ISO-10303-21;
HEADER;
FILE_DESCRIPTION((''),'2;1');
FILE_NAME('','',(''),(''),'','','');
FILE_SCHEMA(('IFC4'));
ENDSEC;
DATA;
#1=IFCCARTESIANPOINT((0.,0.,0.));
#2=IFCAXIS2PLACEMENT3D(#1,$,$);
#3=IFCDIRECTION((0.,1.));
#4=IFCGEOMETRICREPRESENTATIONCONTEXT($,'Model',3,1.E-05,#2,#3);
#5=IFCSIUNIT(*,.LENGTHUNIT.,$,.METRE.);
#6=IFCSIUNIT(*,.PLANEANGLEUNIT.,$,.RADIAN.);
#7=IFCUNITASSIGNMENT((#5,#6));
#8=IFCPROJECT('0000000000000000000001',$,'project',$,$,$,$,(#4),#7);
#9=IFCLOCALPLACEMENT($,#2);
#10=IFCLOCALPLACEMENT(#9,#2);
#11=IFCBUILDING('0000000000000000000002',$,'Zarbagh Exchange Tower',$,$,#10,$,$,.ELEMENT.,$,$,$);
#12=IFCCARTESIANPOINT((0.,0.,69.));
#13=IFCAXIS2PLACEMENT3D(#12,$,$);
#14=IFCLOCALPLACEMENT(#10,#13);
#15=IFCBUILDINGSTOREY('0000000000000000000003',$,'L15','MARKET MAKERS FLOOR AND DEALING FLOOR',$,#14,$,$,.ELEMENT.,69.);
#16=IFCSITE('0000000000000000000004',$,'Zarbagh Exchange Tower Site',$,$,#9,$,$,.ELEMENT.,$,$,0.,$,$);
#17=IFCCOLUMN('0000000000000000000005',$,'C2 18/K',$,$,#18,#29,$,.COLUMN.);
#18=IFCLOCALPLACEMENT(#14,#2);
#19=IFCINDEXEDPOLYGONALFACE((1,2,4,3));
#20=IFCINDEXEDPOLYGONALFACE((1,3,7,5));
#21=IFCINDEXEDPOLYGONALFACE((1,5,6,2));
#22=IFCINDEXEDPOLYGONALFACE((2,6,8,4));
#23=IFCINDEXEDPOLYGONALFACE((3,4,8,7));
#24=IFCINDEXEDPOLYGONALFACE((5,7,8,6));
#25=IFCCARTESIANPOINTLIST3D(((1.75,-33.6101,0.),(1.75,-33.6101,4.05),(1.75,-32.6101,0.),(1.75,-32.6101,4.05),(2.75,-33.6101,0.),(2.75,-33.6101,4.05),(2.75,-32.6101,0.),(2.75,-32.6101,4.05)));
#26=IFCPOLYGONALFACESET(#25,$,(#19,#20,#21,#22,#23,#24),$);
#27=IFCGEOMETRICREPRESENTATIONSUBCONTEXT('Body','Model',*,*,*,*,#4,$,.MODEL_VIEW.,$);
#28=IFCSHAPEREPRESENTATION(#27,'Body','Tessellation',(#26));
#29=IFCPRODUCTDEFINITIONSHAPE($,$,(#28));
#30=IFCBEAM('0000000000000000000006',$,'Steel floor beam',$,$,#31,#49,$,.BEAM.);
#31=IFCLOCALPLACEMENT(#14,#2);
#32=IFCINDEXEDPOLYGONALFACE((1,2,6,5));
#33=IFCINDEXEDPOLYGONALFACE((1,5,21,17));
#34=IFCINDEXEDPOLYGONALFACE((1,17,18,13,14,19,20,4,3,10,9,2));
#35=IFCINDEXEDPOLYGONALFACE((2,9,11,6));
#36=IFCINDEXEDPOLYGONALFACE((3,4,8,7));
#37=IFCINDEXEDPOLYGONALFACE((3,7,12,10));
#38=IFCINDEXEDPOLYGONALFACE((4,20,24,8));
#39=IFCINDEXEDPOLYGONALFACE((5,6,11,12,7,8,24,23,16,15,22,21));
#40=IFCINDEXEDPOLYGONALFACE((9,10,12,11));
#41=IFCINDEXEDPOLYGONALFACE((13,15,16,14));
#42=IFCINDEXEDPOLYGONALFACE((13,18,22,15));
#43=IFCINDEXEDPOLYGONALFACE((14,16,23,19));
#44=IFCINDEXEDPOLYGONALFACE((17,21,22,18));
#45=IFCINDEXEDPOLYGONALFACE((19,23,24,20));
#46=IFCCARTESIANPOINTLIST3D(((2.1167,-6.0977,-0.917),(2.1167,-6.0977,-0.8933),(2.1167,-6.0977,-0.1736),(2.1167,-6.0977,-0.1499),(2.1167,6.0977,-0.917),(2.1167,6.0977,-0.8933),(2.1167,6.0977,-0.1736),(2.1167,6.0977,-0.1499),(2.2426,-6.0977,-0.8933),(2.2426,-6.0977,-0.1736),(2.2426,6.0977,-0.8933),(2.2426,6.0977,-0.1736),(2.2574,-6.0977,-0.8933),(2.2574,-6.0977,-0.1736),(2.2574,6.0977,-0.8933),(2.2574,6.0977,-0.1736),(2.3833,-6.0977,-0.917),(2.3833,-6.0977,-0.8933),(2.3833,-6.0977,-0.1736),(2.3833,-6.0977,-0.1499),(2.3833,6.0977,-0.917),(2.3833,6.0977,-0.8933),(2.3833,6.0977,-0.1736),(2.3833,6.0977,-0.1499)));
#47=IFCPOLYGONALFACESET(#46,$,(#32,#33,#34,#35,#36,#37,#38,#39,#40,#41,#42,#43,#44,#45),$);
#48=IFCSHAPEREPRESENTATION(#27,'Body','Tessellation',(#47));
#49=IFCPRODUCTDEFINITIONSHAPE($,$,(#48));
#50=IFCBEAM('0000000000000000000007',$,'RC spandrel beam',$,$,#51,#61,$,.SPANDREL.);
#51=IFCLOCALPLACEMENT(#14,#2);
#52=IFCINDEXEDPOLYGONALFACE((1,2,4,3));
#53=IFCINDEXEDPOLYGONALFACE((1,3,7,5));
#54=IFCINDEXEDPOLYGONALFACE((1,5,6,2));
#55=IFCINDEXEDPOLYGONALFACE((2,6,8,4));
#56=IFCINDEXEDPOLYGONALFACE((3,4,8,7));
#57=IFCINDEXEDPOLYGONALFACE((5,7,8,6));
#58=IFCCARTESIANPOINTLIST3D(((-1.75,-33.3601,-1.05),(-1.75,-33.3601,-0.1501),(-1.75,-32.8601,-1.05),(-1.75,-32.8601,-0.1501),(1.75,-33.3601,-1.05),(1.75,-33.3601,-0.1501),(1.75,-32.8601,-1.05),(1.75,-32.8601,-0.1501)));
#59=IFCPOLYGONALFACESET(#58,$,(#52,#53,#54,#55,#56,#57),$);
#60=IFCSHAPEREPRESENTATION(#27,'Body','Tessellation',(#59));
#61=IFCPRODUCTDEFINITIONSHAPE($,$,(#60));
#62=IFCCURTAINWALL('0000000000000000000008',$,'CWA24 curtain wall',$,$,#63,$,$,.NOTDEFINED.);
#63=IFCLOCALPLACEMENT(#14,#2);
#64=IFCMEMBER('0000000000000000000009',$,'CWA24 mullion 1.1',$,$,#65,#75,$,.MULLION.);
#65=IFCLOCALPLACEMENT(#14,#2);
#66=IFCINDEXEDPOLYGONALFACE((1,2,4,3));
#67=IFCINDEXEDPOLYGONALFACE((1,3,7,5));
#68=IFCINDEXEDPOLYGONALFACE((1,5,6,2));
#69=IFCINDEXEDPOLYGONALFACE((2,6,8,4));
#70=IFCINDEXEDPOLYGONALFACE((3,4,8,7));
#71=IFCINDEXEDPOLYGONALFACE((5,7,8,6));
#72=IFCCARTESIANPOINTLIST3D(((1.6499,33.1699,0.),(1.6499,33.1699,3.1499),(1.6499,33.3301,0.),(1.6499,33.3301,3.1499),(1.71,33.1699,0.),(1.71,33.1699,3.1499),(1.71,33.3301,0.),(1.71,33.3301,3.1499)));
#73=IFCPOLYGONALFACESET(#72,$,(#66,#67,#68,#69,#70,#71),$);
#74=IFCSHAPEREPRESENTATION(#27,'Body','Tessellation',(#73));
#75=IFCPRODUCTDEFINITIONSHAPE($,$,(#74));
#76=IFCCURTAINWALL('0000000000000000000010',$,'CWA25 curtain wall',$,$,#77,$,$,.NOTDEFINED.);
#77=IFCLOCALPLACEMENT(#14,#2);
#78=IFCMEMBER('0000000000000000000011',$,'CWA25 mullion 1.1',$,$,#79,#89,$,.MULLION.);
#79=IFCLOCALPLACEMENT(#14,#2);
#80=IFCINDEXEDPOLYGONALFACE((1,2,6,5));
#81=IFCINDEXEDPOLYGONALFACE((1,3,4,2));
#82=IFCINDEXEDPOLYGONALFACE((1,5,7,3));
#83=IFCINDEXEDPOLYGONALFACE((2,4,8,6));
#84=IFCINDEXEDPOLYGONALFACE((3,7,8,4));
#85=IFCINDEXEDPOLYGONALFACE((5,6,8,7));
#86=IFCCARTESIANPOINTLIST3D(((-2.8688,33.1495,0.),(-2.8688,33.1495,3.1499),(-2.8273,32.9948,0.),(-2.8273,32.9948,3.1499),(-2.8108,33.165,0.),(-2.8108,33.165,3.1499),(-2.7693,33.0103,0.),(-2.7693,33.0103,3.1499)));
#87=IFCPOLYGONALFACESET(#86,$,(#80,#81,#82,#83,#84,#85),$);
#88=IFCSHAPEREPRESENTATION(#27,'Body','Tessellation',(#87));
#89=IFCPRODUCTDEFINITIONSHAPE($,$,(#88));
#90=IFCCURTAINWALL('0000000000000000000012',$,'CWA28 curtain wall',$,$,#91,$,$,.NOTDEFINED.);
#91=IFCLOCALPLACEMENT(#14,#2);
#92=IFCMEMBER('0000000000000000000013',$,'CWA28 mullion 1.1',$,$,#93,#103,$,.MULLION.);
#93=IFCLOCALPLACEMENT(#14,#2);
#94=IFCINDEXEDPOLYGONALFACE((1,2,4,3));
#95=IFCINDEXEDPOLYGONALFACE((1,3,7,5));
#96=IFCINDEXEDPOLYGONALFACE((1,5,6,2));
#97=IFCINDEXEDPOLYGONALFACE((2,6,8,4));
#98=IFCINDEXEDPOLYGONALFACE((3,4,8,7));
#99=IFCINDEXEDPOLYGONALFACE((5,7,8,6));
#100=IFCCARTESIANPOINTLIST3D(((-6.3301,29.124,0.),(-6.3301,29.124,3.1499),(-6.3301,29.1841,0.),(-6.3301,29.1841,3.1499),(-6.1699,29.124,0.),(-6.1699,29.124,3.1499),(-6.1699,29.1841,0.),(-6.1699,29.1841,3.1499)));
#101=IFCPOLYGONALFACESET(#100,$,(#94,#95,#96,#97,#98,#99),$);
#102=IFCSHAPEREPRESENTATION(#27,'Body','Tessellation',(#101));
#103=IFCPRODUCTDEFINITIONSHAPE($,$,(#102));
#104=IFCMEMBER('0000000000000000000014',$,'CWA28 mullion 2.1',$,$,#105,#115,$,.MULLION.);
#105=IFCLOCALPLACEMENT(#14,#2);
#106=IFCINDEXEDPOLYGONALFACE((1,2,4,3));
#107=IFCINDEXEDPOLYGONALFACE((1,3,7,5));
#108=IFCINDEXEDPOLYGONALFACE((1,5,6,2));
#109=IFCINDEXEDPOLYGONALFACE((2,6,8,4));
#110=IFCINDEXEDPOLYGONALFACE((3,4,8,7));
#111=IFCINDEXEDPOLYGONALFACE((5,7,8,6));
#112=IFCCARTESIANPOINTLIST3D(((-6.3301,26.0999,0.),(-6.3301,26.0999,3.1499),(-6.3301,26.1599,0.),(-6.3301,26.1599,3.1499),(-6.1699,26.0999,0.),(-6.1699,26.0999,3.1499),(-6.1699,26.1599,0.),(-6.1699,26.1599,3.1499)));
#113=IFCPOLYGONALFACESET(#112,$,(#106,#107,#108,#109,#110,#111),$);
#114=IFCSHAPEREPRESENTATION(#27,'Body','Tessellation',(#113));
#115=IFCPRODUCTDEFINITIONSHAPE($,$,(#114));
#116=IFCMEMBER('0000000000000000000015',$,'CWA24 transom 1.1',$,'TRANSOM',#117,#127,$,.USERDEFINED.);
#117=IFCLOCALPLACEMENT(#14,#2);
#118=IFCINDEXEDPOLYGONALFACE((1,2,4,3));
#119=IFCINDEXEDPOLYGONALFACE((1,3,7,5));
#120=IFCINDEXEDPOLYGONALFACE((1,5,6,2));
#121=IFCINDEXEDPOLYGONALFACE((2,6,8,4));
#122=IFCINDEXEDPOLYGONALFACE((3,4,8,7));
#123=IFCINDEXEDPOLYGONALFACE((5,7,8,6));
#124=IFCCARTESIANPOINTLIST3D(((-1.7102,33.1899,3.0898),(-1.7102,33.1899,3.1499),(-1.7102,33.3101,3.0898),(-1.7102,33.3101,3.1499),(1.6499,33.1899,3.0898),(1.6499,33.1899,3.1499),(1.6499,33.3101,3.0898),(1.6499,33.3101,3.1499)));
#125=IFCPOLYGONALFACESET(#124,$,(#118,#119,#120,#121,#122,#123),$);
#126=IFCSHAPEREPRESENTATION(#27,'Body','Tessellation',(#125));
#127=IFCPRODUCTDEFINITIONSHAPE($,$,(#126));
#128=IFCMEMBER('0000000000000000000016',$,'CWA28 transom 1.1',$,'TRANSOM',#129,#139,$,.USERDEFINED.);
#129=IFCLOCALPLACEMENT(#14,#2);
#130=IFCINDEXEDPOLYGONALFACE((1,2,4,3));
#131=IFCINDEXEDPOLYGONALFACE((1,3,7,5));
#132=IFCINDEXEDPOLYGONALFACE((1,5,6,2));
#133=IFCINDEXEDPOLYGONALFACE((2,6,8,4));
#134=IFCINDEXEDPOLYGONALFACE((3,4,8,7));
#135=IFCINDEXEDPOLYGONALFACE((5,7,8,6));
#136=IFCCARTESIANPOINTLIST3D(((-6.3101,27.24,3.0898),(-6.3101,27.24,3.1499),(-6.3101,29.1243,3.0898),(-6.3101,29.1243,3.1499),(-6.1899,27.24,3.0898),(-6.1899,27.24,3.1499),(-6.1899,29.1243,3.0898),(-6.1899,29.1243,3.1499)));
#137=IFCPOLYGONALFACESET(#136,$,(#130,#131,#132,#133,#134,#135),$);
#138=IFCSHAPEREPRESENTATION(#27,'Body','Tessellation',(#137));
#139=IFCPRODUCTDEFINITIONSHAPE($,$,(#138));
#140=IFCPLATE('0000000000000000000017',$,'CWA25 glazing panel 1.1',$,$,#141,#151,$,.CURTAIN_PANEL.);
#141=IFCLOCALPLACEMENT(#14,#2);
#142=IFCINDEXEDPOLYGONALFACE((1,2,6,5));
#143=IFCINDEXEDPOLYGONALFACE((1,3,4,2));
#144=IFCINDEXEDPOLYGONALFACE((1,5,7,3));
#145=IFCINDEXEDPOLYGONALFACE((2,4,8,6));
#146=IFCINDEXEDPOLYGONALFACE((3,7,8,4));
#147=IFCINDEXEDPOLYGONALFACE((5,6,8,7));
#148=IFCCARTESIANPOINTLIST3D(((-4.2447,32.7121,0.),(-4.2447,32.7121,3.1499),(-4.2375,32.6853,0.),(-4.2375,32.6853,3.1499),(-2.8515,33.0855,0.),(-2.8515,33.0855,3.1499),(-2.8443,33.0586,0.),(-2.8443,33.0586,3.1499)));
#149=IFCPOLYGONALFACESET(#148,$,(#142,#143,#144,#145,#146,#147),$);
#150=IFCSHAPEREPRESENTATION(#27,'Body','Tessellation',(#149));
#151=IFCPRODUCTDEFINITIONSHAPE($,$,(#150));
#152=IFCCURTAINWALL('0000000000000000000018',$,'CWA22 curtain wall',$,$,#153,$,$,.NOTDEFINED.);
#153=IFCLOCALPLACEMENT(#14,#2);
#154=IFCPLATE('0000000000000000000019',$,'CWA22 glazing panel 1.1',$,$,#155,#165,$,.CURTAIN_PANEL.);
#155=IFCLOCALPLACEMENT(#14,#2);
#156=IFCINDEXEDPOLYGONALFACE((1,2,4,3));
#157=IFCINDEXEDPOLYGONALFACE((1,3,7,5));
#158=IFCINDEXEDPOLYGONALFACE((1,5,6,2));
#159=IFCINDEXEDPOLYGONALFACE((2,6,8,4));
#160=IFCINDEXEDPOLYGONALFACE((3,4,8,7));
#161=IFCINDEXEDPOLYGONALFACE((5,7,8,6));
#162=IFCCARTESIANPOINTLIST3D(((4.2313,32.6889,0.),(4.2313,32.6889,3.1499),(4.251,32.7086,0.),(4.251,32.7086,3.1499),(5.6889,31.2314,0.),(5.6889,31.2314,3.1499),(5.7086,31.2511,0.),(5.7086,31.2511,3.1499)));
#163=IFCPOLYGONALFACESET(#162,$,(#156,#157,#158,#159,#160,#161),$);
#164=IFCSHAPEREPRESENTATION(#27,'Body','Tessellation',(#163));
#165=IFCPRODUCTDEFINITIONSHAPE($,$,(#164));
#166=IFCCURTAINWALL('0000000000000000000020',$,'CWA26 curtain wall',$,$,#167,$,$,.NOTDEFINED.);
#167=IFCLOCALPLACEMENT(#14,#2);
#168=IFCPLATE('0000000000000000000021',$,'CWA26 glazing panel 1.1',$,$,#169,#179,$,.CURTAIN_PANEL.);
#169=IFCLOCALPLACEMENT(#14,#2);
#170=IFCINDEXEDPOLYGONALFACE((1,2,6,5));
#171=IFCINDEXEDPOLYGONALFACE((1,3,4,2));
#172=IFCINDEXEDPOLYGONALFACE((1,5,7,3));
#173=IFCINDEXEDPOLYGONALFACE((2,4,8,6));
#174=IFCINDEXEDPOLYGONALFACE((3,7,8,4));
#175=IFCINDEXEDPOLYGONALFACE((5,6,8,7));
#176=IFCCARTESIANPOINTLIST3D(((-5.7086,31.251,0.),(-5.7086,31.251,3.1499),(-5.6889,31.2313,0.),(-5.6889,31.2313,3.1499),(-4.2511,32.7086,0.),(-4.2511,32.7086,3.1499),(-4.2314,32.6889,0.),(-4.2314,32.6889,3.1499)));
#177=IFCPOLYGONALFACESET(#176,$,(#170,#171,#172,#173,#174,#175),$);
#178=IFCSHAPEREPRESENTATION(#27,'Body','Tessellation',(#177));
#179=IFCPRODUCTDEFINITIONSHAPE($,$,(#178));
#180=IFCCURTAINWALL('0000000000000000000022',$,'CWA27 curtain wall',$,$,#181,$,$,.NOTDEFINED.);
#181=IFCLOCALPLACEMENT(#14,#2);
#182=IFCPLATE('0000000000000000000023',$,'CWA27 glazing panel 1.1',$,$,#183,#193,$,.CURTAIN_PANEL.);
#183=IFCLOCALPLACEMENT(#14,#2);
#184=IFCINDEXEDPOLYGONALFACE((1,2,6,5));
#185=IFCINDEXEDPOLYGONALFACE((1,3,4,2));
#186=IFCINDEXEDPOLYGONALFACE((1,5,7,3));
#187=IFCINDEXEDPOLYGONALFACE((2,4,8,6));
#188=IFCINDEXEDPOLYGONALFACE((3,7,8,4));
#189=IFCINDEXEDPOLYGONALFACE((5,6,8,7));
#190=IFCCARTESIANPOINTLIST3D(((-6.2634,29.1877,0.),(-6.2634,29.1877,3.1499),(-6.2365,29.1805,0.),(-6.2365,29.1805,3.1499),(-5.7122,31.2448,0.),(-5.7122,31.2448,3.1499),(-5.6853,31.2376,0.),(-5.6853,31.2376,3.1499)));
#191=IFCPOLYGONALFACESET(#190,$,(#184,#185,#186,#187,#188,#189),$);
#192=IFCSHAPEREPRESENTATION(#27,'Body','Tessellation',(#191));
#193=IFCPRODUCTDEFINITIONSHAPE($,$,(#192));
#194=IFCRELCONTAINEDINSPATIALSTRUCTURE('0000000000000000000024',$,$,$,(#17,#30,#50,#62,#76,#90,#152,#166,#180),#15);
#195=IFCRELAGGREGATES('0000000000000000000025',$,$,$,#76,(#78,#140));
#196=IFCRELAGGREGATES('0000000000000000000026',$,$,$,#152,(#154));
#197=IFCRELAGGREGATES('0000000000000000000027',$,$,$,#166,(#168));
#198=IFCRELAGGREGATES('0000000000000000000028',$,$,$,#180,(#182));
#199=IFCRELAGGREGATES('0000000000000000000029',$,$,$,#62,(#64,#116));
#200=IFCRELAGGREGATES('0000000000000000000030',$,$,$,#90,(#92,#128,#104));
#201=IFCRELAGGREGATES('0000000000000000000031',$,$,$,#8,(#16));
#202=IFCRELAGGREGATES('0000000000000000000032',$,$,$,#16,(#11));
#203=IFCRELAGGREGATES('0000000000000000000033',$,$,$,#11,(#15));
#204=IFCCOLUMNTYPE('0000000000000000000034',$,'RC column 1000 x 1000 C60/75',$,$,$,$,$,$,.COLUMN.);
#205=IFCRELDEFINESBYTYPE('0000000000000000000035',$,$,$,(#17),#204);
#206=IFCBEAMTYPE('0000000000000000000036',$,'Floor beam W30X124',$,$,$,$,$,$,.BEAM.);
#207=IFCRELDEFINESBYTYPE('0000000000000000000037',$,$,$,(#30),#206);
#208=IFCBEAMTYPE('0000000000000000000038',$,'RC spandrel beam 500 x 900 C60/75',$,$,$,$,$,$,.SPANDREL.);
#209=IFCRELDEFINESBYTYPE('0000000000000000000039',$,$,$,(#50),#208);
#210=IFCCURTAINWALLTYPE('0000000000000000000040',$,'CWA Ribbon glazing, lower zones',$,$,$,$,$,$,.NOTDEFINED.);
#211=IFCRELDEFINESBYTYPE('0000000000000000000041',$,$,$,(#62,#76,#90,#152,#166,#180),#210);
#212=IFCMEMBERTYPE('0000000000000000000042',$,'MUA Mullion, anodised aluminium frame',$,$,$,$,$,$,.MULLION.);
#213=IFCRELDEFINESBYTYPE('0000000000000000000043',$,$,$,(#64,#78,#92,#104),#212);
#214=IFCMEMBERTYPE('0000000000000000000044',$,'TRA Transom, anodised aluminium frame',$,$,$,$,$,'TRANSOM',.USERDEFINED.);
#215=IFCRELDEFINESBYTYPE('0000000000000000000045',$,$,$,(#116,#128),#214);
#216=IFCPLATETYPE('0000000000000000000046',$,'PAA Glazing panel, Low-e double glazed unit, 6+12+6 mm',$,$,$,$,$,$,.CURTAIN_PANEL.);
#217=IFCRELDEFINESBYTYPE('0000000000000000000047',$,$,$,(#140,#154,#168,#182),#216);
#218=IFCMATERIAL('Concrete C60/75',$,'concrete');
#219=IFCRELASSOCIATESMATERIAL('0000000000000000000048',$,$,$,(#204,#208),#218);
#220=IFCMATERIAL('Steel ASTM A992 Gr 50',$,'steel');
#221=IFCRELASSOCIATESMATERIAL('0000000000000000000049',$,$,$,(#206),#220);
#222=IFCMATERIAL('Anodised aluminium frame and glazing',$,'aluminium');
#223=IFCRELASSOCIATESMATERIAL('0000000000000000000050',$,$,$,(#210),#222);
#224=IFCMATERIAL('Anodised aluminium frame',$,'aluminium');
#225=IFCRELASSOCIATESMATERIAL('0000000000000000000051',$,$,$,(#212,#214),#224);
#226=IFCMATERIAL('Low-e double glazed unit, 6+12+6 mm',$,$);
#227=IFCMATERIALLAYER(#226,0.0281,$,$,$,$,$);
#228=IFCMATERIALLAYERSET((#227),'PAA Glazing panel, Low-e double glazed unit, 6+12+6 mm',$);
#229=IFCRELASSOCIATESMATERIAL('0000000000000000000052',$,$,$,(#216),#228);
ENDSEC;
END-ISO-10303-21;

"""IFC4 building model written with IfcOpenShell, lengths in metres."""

from ifc_helpers import new_model, si_unit, direction, frame, origin, origin_2d, place, context, subcontext, project, spatial, polyline, rectangle, i_section, outline, extrude, source, transform, mapped, material, layer, layer_set, material_profile, profile_set, type_object, element, aggregate, save


model = new_model("IFC4")

# Units and contexts
model_context = context("Model", 3, precision=1e-05, world=origin(), true_north=direction((0.0, 1.0)))
body_context = subcontext(model_context, "Body", "Model", "MODEL_VIEW")
ifc_project = project(units=[si_unit("LENGTHUNIT", "METRE"), si_unit("PLANEANGLEUNIT", "RADIAN")], contexts=[model_context])

# Site, building, storey
site_placement = place(None, origin())
site = spatial("IfcSite", under=ifc_project, at=site_placement, Name="Zarbagh Exchange Tower Site", CompositionType="ELEMENT", RefElevation=0.0)
building_placement = place(site_placement, origin())
building = spatial("IfcBuilding", under=site, at=building_placement, Name="Zarbagh Exchange Tower", CompositionType="ELEMENT")
storey_placement = place(building_placement, frame((0.0, 0.0, 69.0)))
storey = spatial("IfcBuildingStorey", under=building, at=storey_placement, Name="L15", Description="MARKET MAKERS FLOOR AND DEALING FLOOR", CompositionType="ELEMENT", Elevation=69.0)

# Column
ifc_material_1 = material(Name="Concrete C60/75", Category="concrete")
ifc_material_profile_1 = material_profile(ifc_material_1, rectangle(XDim=1.0, YDim=1.0, at=origin_2d()), Name="RC column 1000 x 1000 C60/75")
ifc_profile_set_1 = profile_set([ifc_material_profile_1], Name="Concrete C60/75")
column_type = type_object("IfcColumnType", Name="RC column 1000 x 1000 C60/75", PredefinedType="COLUMN", material=ifc_profile_set_1)
column_placement = place(storey_placement, frame((2.25, -33.1101, 0.0), z_axis=(0.0, 0.0, 1.0), x_axis=(1.0, 0.0, 0.0)))
element("IfcColumn", 1, at=column_placement, inside=storey, type_object=column_type, Name="C2 18/K", PredefinedType="COLUMN", context=body_context, shape_type="SweptSolid", body=[
    extrude(rectangle(XDim=1.0, YDim=1.0, at=origin_2d()), origin(), (0.0, 0.0, 1.0), 4.05),
])

# Beams
ifc_material_2 = material(Name="Steel ASTM A992 Gr 50", Category="steel")
ifc_material_profile_2 = material_profile(ifc_material_2, i_section(OverallWidth=0.2666, OverallDepth=0.7671, WebThickness=0.0149, FlangeThickness=0.0237, at=origin_2d()), Name="W30X124")
ifc_profile_set_2 = profile_set([ifc_material_profile_2], Name="Steel ASTM A992 Gr 50")
beam_type_1 = type_object("IfcBeamType", Name="Floor beam W30X124", PredefinedType="BEAM", material=ifc_profile_set_2)
beam_1_placement = place(storey_placement, frame((2.25, -6.0977, -0.5334), z_axis=(0.0, 1.0, 0.0), x_axis=(-1.0, 0.0, 0.0)))
element("IfcBeam", 2, at=beam_1_placement, inside=storey, type_object=beam_type_1, Name="Steel floor beam", PredefinedType="BEAM", context=body_context, shape_type="SweptSolid", body=[
    extrude(i_section(OverallWidth=0.2666, OverallDepth=0.7671, WebThickness=0.0149, FlangeThickness=0.0237, at=origin_2d()), origin(), (0.0, 0.0, 1.0), 12.1953),
])
ifc_material_profile_3 = material_profile(ifc_material_1, rectangle(XDim=0.5, YDim=0.8999, at=origin_2d()), Name="RC spandrel beam 500 x 900 C60/75")
ifc_profile_set_3 = profile_set([ifc_material_profile_3], Name="Concrete C60/75")
beam_type_2 = type_object("IfcBeamType", Name="RC spandrel beam 500 x 900 C60/75", PredefinedType="SPANDREL", material=ifc_profile_set_3)
beam_2_placement = place(storey_placement, frame((1.75, -33.1101, -0.6001), z_axis=(-1.0, 0.0, 0.0), x_axis=(0.0, -1.0, 0.0)))
element("IfcBeam", 3, at=beam_2_placement, inside=storey, type_object=beam_type_2, Name="RC spandrel beam", PredefinedType="SPANDREL", context=body_context, shape_type="SweptSolid", body=[
    extrude(rectangle(XDim=0.5, YDim=0.8999, at=origin_2d()), origin(), (0.0, 0.0, 1.0), 3.5),
])

# Curtain walls, members
ifc_material_3 = material(Name="Anodised aluminium frame and glazing", Category="aluminium")
curtain_wall_type = type_object("IfcCurtainWallType", Name="CWA Ribbon glazing, lower zones", PredefinedType="NOTDEFINED", material=ifc_material_3)
curtain_wall_1_placement = place(storey_placement, origin())
curtain_wall_1 = element("IfcCurtainWall", 4, at=curtain_wall_1_placement, inside=storey, type_object=curtain_wall_type, Name="CWA24 curtain wall", PredefinedType="NOTDEFINED")
ifc_material_4 = material(Name="Anodised aluminium frame", Category="aluminium")
member_type_1 = type_object("IfcMemberType", Name="MUA Mullion, anodised aluminium frame", PredefinedType="MULLION", material=ifc_material_4)
shared_shape_1 = source(origin(), body_context, "Body", "SweptSolid", [
    extrude(outline(polyline([(0.0, -0.0801), (0.0601, -0.0801), (0.0601, 0.0801), (0.0, 0.0801), (0.0, -0.0801)])), origin(), (0.0, 0.0, 1.0), 3.1499),
])
placement = place(storey_placement, origin())
member_1 = element("IfcMember", 5, at=placement, type_object=member_type_1, Name="CWA24 mullion 1.1", PredefinedType="MULLION", context=body_context, shape_type="MappedRepresentation", body=[
    mapped(shared_shape_1, transform((1.71, 33.25, 0.0), x_axis=(-1.0, 0.0, 0.0), y_axis=(0.0, -1.0, 0.0), z_axis=(0.0, 0.0, 1.0))),
])
curtain_wall_2_placement = place(storey_placement, origin())
curtain_wall_2 = element("IfcCurtainWall", 6, at=curtain_wall_2_placement, inside=storey, type_object=curtain_wall_type, Name="CWA25 curtain wall", PredefinedType="NOTDEFINED")
member_2 = element("IfcMember", 7, at=placement, type_object=member_type_1, Name="CWA25 mullion 1.1", PredefinedType="MULLION", context=body_context, shape_type="MappedRepresentation", body=[
    mapped(shared_shape_1, transform((-2.79, 33.0876, 0.0), x_axis=(-0.965924, -0.258825, 0.0), y_axis=(0.258825, -0.965924, 0.0), z_axis=(0.0, 0.0, 1.0))),
])

# Curtain wall, members
curtain_wall_3_placement = place(storey_placement, origin())
curtain_wall_3 = element("IfcCurtainWall", 8, at=curtain_wall_3_placement, inside=storey, type_object=curtain_wall_type, Name="CWA28 curtain wall", PredefinedType="NOTDEFINED")
member_3 = element("IfcMember", 9, at=placement, type_object=member_type_1, Name="CWA28 mullion 1.1", PredefinedType="MULLION", context=body_context, shape_type="MappedRepresentation", body=[
    mapped(shared_shape_1, transform((-6.25, 29.1841, 0.0), x_axis=(0.0, -1.0, 0.0), y_axis=(1.0, 0.0, 0.0), z_axis=(0.0, 0.0, 1.0))),
])
member_4 = element("IfcMember", 10, at=placement, type_object=member_type_1, Name="CWA28 mullion 2.1", PredefinedType="MULLION", context=body_context, shape_type="MappedRepresentation", body=[
    mapped(shared_shape_1, transform((-6.25, 26.1599, 0.0), x_axis=(0.0, -1.0, 0.0), y_axis=(1.0, 0.0, 0.0), z_axis=(0.0, 0.0, 1.0))),
])

# Members
member_type_2 = type_object("IfcMemberType", Name="TRA Transom, anodised aluminium frame", ElementType="TRANSOM", PredefinedType="USERDEFINED", material=ifc_material_4)
shared_shape_2 = source(origin(), body_context, "Body", "SweptSolid", [
    extrude(outline(polyline([(-0.0601, -0.0601), (0.0, -0.0601), (0.0, 0.0601), (-0.0601, 0.0601), (-0.0601, -0.0601)])), origin(), (0.0, 0.0, 1.0), 3.3601),
])
member_5 = element("IfcMember", 11, at=placement, type_object=member_type_2, Name="CWA24 transom 1.1", ObjectType="TRANSOM", PredefinedType="USERDEFINED", context=body_context, shape_type="MappedRepresentation", body=[
    mapped(shared_shape_2, transform((1.6499, 33.25, 3.1499), x_axis=(0.0, 0.0, 1.0), y_axis=(0.0, 1.0, 0.0), z_axis=(-1.0, 0.0, 0.0))),
])
shared_shape_3 = source(origin(), body_context, "Body", "SweptSolid", [
    extrude(outline(polyline([(-0.0601, -0.0601), (0.0, -0.0601), (0.0, 0.0601), (-0.0601, 0.0601), (-0.0601, -0.0601)])), origin(), (0.0, 0.0, 1.0), 1.8843),
])
member_6 = element("IfcMember", 12, at=placement, type_object=member_type_2, Name="CWA28 transom 1.1", ObjectType="TRANSOM", PredefinedType="USERDEFINED", context=body_context, shape_type="MappedRepresentation", body=[
    mapped(shared_shape_3, transform((-6.25, 29.1243, 3.1499), x_axis=(0.0, 0.0, 1.0), y_axis=(-1.0, 0.0, 0.0), z_axis=(0.0, -1.0, 0.0))),
])

# Plate
ifc_material_5 = material(Name="Low-e double glazed unit, 6+12+6 mm")
ifc_layer_1 = layer(ifc_material_5, 0.0281)
ifc_layer_set_1 = layer_set([ifc_layer_1], Name="PAA Glazing panel, Low-e double glazed unit, 6+12+6 mm")
plate_type = type_object("IfcPlateType", Name="PAA Glazing panel, Low-e double glazed unit, 6+12+6 mm", PredefinedType="CURTAIN_PANEL", material=ifc_layer_set_1)
shared_shape_4 = source(origin(), body_context, "Body", "SweptSolid", [
    extrude(outline(polyline([(0.0, -0.0139), (1.4424, -0.0139), (1.4424, 0.0139), (0.0, 0.0139), (0.0, -0.0139)])), origin(), (0.0, 0.0, 1.0), 3.1499),
])
plate_1 = element("IfcPlate", 13, at=placement, type_object=plate_type, Name="CWA25 glazing panel 1.1", PredefinedType="CURTAIN_PANEL", context=body_context, shape_type="MappedRepresentation", body=[
    mapped(shared_shape_4, transform((-2.8479, 33.072, 0.0), x_axis=(-0.965924, -0.258825, 0.0), y_axis=(0.258825, -0.965924, 0.0), z_axis=(0.0, 0.0, 1.0))),
])
aggregate(curtain_wall_2, [member_2, plate_1])

# Curtain walls, plates
curtain_wall_4_placement = place(storey_placement, origin())
curtain_wall_4 = element("IfcCurtainWall", 14, at=curtain_wall_4_placement, inside=storey, type_object=curtain_wall_type, Name="CWA22 curtain wall", PredefinedType="NOTDEFINED")
shared_shape_5 = source(origin(), body_context, "Body", "SweptSolid", [
    extrude(outline(polyline([(0.0, -0.0139), (2.0613, -0.0139), (2.0613, 0.0139), (0.0, 0.0139), (0.0, -0.0139)])), origin(), (0.0, 0.0, 1.0), 3.1499),
])
plate_2 = element("IfcPlate", 15, at=placement, type_object=plate_type, Name="CWA22 glazing panel 1.1", PredefinedType="CURTAIN_PANEL", context=body_context, shape_type="MappedRepresentation", body=[
    mapped(shared_shape_5, transform((5.6987, 31.2412, 0.0), x_axis=(-0.707107, 0.707107, 0.0), y_axis=(-0.707107, -0.707107, 0.0), z_axis=(0.0, 0.0, 1.0))),
])
aggregate(curtain_wall_4, [plate_2])
curtain_wall_5_placement = place(storey_placement, origin())
curtain_wall_5 = element("IfcCurtainWall", 16, at=curtain_wall_5_placement, inside=storey, type_object=curtain_wall_type, Name="CWA26 curtain wall", PredefinedType="NOTDEFINED")
plate_3 = element("IfcPlate", 17, at=placement, type_object=plate_type, Name="CWA26 glazing panel 1.1", PredefinedType="CURTAIN_PANEL", context=body_context, shape_type="MappedRepresentation", body=[
    mapped(shared_shape_5, transform((-4.2412, 32.6987, 0.0), x_axis=(-0.707107, -0.707107, 0.0), y_axis=(0.707107, -0.707107, 0.0), z_axis=(0.0, 0.0, 1.0))),
])
aggregate(curtain_wall_5, [plate_3])
curtain_wall_6_placement = place(storey_placement, origin())
curtain_wall_6 = element("IfcCurtainWall", 18, at=curtain_wall_6_placement, inside=storey, type_object=curtain_wall_type, Name="CWA27 curtain wall", PredefinedType="NOTDEFINED")
shared_shape_6 = source(origin(), body_context, "Body", "SweptSolid", [
    extrude(outline(polyline([(0.0, -0.0139), (2.1296, -0.0139), (2.1296, 0.0139), (0.0, 0.0139), (0.0, -0.0139)])), origin(), (0.0, 0.0, 1.0), 3.1499),
])
plate_4 = element("IfcPlate", 19, at=placement, type_object=plate_type, Name="CWA27 glazing panel 1.1", PredefinedType="CURTAIN_PANEL", context=body_context, shape_type="MappedRepresentation", body=[
    mapped(shared_shape_6, transform((-5.6987, 31.2412, 0.0), x_axis=(-0.258825, -0.965924, 0.0), y_axis=(0.965924, -0.258825, 0.0), z_axis=(0.0, 0.0, 1.0))),
])
aggregate(curtain_wall_6, [plate_4])

aggregate(curtain_wall_1, [member_1, member_5])
aggregate(curtain_wall_3, [member_3, member_6, member_4])

save(model, "model.ifc")
